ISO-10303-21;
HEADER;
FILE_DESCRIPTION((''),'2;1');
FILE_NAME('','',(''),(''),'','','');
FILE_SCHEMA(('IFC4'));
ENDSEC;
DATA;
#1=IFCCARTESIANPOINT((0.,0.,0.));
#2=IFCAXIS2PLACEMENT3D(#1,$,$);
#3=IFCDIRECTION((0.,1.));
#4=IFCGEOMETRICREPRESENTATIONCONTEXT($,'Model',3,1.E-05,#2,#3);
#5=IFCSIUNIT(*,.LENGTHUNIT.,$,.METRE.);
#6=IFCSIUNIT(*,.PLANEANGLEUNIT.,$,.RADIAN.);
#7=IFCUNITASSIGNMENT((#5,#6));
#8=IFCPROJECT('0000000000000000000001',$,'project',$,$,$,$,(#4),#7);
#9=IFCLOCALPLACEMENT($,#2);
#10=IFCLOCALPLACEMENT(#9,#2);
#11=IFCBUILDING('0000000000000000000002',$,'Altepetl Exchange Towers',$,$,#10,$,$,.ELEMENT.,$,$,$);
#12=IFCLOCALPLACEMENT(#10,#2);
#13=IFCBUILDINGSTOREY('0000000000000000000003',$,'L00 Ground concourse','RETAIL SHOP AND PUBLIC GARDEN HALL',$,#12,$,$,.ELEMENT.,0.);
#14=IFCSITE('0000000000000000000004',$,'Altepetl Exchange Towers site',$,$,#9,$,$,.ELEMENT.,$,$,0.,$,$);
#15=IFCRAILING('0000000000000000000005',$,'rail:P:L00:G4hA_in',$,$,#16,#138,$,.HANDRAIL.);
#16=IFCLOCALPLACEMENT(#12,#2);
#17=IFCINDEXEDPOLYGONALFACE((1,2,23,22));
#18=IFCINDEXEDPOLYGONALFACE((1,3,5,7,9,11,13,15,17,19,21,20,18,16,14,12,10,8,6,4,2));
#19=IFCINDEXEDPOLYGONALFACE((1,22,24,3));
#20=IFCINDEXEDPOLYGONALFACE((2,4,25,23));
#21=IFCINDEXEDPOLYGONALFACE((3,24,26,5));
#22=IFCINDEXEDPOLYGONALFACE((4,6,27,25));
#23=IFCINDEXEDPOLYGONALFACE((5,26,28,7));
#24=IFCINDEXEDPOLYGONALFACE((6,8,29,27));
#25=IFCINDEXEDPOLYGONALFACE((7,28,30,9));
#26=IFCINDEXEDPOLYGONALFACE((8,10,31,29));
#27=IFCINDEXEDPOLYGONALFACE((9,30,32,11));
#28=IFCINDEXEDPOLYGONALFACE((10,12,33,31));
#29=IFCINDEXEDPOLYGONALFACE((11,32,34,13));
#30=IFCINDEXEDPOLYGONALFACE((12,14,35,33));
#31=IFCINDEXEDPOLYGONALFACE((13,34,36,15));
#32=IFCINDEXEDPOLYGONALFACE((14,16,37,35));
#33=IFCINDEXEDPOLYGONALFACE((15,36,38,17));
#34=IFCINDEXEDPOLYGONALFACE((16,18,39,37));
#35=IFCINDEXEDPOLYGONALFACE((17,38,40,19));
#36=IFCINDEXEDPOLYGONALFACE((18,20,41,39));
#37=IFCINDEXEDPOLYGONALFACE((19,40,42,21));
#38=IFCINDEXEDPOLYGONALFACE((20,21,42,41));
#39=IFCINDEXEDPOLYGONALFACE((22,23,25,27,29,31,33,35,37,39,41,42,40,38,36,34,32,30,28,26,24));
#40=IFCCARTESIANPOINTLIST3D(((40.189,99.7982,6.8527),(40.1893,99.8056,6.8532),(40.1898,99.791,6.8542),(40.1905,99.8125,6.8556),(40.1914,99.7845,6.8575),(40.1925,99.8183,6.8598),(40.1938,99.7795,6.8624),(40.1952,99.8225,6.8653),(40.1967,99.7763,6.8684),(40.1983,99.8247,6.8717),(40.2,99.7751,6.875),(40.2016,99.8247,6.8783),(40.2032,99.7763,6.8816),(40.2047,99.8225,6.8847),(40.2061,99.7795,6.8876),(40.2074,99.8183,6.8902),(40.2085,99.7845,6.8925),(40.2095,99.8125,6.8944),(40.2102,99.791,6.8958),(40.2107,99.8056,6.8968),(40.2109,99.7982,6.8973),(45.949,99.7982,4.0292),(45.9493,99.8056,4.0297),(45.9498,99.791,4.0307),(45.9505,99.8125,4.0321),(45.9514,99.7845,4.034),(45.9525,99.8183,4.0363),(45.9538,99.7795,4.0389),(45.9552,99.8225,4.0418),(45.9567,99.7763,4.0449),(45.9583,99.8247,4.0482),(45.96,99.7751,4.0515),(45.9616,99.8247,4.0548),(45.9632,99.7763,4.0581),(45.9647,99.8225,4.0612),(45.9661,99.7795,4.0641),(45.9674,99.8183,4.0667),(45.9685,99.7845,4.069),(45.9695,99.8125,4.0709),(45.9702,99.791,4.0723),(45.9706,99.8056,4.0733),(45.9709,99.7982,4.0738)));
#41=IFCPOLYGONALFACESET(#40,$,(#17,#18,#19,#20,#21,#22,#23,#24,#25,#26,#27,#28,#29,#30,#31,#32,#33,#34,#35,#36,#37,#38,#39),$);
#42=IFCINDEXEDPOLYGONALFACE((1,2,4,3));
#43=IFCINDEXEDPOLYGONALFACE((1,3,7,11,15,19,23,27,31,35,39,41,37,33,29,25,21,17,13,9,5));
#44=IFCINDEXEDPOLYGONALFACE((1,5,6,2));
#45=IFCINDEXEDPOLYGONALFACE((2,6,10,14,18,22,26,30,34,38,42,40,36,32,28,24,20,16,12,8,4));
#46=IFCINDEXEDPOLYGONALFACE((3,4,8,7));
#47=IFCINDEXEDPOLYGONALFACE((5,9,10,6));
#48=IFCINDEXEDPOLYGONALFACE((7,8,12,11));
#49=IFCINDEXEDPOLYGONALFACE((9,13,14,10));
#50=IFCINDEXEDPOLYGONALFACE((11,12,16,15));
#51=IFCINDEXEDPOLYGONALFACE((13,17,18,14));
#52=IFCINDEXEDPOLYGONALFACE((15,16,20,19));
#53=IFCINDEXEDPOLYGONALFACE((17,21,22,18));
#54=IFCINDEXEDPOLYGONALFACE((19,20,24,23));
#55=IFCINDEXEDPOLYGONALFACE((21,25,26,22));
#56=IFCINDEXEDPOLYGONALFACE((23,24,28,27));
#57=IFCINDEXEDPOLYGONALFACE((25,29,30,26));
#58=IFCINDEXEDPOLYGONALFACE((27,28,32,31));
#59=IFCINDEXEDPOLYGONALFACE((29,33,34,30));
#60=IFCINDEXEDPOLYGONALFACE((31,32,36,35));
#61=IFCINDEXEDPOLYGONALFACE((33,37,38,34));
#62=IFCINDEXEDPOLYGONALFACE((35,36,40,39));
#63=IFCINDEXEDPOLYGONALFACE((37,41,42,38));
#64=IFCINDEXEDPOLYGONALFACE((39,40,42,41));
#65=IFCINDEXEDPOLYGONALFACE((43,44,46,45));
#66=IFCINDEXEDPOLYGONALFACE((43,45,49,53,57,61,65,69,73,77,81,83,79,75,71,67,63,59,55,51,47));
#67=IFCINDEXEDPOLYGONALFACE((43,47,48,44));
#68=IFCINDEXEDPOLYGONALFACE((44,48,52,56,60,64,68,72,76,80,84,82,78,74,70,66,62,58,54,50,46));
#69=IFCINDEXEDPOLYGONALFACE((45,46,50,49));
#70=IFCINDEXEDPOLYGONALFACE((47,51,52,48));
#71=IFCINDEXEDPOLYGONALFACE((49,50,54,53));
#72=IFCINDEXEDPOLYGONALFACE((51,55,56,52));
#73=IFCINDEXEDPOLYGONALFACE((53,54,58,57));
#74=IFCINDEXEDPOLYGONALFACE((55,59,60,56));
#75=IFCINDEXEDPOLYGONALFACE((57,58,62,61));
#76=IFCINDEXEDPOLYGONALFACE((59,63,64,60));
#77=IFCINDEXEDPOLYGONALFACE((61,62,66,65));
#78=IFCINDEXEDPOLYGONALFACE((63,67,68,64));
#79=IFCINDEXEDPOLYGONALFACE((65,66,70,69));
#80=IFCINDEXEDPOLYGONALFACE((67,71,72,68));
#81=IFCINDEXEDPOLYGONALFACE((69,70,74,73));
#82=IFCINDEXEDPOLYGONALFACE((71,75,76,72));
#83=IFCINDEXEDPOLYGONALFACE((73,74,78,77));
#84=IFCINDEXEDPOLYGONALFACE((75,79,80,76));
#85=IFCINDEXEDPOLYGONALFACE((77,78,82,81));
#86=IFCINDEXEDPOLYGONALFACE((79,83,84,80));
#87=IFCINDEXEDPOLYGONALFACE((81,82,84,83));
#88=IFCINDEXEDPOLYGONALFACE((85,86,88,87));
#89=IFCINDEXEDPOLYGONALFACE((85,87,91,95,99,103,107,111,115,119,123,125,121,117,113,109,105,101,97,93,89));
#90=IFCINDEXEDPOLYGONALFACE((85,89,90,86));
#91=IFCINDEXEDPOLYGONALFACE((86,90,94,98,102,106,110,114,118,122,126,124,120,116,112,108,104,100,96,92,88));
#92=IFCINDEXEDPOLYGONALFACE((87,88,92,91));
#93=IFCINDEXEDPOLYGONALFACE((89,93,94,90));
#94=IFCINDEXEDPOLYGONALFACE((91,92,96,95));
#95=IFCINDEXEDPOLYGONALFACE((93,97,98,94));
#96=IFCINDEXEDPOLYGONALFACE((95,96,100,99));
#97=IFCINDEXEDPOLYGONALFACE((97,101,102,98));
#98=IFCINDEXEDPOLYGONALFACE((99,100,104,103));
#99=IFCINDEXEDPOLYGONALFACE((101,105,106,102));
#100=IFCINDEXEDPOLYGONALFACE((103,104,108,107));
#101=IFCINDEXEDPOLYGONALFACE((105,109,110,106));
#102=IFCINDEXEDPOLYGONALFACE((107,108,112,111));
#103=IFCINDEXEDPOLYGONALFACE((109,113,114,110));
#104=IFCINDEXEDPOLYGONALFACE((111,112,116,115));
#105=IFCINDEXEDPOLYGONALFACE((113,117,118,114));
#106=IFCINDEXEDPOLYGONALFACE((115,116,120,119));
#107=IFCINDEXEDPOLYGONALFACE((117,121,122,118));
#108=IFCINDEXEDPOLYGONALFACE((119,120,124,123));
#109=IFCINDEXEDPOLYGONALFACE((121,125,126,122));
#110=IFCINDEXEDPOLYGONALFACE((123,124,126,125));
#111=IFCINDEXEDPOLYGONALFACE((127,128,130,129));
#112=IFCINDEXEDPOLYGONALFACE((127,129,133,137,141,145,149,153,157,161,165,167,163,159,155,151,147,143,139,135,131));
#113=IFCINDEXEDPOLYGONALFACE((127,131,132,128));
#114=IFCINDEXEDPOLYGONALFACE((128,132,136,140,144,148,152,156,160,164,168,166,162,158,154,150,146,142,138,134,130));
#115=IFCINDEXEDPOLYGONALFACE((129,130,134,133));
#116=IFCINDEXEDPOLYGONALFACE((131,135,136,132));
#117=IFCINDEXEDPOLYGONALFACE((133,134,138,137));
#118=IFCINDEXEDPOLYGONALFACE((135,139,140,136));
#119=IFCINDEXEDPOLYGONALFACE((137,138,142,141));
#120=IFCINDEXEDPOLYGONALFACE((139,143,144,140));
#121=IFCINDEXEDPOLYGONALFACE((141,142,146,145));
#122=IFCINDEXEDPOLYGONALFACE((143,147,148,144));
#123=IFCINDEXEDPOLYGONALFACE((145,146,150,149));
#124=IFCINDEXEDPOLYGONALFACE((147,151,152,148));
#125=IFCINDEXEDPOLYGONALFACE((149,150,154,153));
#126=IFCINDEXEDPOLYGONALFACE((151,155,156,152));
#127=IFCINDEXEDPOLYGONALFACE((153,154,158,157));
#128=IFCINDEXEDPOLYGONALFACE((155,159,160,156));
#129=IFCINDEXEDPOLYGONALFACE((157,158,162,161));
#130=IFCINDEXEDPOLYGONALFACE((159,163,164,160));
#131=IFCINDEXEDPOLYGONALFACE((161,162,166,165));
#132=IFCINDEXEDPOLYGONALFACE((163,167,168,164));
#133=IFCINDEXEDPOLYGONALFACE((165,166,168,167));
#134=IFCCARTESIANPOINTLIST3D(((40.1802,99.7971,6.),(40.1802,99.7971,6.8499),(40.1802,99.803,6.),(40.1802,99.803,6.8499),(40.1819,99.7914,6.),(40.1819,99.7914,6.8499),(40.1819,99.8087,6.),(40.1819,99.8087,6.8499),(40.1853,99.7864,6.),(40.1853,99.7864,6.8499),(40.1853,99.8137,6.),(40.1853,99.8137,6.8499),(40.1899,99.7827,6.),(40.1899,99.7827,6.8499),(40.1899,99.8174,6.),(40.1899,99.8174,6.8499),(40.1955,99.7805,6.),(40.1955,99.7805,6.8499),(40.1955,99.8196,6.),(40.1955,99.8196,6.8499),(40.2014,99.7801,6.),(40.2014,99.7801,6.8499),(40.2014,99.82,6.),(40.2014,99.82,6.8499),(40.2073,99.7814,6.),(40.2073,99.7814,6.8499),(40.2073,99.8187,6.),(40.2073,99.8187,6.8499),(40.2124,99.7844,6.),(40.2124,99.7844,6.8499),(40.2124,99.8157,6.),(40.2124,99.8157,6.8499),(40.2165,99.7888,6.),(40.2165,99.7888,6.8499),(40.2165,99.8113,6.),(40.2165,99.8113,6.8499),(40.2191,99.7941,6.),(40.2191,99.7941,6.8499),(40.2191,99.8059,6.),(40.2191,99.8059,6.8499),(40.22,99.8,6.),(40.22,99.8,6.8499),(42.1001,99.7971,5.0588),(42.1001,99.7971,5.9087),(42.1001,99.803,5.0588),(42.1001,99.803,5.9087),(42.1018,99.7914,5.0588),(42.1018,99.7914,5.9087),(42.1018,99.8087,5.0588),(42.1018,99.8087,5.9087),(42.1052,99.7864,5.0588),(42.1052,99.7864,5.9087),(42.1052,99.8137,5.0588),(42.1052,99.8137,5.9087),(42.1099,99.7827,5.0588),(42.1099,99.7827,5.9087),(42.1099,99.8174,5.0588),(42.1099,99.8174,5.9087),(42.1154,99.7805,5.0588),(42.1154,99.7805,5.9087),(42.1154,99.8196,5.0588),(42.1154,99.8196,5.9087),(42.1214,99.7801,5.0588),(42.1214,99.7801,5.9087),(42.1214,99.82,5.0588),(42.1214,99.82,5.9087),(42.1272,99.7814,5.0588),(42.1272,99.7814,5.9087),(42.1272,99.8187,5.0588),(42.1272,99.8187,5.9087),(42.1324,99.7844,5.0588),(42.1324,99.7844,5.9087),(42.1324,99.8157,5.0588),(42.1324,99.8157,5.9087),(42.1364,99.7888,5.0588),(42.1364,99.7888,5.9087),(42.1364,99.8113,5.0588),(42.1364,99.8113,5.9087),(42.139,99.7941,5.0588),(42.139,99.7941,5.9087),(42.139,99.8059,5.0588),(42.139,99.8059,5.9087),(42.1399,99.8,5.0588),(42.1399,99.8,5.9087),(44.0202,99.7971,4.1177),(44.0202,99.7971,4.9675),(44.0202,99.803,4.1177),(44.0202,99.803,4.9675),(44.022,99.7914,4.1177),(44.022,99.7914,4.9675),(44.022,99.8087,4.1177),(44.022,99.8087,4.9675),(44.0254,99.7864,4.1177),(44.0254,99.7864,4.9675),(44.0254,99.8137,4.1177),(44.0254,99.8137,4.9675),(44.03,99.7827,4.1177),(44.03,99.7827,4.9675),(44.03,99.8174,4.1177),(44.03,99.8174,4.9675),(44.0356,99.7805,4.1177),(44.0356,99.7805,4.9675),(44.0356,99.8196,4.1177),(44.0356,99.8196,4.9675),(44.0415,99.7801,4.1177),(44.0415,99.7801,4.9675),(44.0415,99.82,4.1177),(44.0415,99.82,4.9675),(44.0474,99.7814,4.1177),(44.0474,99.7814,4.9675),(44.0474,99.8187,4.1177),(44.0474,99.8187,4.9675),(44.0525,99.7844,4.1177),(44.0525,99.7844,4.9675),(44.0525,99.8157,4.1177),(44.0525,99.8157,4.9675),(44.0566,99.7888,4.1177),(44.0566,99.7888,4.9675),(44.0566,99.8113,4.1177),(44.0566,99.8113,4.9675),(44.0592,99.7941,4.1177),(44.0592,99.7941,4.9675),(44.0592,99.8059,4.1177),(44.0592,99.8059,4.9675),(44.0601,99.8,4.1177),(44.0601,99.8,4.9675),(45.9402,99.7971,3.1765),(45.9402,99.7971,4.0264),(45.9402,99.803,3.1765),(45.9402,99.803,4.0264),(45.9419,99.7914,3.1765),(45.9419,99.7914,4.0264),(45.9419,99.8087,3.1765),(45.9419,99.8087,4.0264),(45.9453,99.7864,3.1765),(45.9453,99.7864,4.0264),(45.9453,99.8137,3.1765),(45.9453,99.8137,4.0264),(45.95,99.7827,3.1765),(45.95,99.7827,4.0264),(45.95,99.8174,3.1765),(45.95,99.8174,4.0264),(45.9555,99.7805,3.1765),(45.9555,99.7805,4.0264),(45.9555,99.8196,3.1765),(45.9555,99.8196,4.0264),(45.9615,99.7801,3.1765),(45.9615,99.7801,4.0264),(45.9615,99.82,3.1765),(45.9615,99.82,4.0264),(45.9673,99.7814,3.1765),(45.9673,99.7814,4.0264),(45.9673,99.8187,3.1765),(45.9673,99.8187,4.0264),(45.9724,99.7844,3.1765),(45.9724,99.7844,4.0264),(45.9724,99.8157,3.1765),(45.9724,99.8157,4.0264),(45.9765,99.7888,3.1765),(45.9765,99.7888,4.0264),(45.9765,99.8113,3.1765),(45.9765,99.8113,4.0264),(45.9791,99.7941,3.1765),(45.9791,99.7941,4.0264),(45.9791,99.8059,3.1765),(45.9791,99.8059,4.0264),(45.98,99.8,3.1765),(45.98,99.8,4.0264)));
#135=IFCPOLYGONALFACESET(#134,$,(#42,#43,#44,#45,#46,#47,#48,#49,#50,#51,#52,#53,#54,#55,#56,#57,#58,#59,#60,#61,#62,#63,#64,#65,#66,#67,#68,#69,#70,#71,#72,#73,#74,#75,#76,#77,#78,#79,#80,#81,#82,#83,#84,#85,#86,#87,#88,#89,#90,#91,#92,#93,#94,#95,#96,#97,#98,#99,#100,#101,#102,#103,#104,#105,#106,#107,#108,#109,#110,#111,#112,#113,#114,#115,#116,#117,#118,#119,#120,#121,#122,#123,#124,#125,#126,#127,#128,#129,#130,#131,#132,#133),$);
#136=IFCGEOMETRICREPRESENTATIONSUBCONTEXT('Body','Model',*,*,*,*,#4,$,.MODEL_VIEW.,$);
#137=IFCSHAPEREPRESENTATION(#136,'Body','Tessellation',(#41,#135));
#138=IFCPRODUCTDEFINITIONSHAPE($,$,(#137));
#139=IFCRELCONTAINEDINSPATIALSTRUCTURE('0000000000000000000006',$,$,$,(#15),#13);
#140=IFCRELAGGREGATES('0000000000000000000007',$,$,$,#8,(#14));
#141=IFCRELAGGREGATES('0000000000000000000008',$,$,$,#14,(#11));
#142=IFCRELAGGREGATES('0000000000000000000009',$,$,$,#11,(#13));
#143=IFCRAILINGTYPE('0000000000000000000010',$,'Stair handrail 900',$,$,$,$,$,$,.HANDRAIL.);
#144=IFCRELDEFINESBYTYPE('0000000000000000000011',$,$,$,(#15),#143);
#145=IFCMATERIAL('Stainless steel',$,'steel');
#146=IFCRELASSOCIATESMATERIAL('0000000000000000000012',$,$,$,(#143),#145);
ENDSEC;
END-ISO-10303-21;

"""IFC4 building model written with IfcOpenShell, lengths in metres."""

from ifc_helpers import new_model, si_unit, direction, frame, origin, origin_2d, place, context, subcontext, project, spatial, circle, extrude, source, transform, mapped, material, type_object, element, save


model = new_model("IFC4")

# Units and contexts
model_context = context("Model", 3, precision=1e-05, world=origin(), true_north=direction((0.0, 1.0)))
body_context = subcontext(model_context, "Body", "Model", "MODEL_VIEW")
ifc_project = project(units=[si_unit("LENGTHUNIT", "METRE"), si_unit("PLANEANGLEUNIT", "RADIAN")], contexts=[model_context])

# Site, building, storey
site_placement = place(None, origin())
site = spatial("IfcSite", under=ifc_project, at=site_placement, Name="Altepetl Exchange Towers site", CompositionType="ELEMENT", RefElevation=0.0)
building_placement = place(site_placement, origin())
building = spatial("IfcBuilding", under=site, at=building_placement, Name="Altepetl Exchange Towers", CompositionType="ELEMENT")
storey_placement = place(building_placement, origin())
storey = spatial("IfcBuildingStorey", under=building, at=storey_placement, Name="L00 Ground concourse", Description="RETAIL SHOP AND PUBLIC GARDEN HALL", CompositionType="ELEMENT", Elevation=0.0)

# Railing
ifc_material_1 = material(Name="Stainless steel", Category="steel")
railing_type_1 = type_object("IfcRailingType", Name="Stair handrail 900", PredefinedType="HANDRAIL", material=ifc_material_1)
shared_shape_1 = source(origin(), body_context, "Body", "SweptSolid", [
    extrude(circle(Radius=0.02, at=origin_2d()), origin(), (0.0, 0.0, 1.0), 0.8499),
])
for number, where, name in (
    (1, (45.96, 99.8, 3.1765), "rail:P:L00:G4hA_in"),
):
    element("IfcRailing", number, at=place(storey_placement, frame(where)), inside=storey, type_object=railing_type_1, Name=name, PredefinedType="HANDRAIL", context=body_context, shape_type="SweptSolid", body=[
        extrude(circle(Radius=0.0249, at=origin_2d()), frame((0.0, 0.0, 0.875), z_axis=(-0.897924, 0.0, 0.440151), x_axis=(0.0, -1.0, 0.0)), (0.0, 0.0, 1.0), 6.4148),
        mapped(shared_shape_1, transform((0.0, 0.0, 0.0))),
        mapped(shared_shape_1, transform((-1.9199, 0.0, 0.9412))),
        mapped(shared_shape_1, transform((-3.8401, 0.0, 1.8823))),
        mapped(shared_shape_1, transform((-5.76, 0.0, 2.8235))),
    ])

save(model, "model.ifc")
